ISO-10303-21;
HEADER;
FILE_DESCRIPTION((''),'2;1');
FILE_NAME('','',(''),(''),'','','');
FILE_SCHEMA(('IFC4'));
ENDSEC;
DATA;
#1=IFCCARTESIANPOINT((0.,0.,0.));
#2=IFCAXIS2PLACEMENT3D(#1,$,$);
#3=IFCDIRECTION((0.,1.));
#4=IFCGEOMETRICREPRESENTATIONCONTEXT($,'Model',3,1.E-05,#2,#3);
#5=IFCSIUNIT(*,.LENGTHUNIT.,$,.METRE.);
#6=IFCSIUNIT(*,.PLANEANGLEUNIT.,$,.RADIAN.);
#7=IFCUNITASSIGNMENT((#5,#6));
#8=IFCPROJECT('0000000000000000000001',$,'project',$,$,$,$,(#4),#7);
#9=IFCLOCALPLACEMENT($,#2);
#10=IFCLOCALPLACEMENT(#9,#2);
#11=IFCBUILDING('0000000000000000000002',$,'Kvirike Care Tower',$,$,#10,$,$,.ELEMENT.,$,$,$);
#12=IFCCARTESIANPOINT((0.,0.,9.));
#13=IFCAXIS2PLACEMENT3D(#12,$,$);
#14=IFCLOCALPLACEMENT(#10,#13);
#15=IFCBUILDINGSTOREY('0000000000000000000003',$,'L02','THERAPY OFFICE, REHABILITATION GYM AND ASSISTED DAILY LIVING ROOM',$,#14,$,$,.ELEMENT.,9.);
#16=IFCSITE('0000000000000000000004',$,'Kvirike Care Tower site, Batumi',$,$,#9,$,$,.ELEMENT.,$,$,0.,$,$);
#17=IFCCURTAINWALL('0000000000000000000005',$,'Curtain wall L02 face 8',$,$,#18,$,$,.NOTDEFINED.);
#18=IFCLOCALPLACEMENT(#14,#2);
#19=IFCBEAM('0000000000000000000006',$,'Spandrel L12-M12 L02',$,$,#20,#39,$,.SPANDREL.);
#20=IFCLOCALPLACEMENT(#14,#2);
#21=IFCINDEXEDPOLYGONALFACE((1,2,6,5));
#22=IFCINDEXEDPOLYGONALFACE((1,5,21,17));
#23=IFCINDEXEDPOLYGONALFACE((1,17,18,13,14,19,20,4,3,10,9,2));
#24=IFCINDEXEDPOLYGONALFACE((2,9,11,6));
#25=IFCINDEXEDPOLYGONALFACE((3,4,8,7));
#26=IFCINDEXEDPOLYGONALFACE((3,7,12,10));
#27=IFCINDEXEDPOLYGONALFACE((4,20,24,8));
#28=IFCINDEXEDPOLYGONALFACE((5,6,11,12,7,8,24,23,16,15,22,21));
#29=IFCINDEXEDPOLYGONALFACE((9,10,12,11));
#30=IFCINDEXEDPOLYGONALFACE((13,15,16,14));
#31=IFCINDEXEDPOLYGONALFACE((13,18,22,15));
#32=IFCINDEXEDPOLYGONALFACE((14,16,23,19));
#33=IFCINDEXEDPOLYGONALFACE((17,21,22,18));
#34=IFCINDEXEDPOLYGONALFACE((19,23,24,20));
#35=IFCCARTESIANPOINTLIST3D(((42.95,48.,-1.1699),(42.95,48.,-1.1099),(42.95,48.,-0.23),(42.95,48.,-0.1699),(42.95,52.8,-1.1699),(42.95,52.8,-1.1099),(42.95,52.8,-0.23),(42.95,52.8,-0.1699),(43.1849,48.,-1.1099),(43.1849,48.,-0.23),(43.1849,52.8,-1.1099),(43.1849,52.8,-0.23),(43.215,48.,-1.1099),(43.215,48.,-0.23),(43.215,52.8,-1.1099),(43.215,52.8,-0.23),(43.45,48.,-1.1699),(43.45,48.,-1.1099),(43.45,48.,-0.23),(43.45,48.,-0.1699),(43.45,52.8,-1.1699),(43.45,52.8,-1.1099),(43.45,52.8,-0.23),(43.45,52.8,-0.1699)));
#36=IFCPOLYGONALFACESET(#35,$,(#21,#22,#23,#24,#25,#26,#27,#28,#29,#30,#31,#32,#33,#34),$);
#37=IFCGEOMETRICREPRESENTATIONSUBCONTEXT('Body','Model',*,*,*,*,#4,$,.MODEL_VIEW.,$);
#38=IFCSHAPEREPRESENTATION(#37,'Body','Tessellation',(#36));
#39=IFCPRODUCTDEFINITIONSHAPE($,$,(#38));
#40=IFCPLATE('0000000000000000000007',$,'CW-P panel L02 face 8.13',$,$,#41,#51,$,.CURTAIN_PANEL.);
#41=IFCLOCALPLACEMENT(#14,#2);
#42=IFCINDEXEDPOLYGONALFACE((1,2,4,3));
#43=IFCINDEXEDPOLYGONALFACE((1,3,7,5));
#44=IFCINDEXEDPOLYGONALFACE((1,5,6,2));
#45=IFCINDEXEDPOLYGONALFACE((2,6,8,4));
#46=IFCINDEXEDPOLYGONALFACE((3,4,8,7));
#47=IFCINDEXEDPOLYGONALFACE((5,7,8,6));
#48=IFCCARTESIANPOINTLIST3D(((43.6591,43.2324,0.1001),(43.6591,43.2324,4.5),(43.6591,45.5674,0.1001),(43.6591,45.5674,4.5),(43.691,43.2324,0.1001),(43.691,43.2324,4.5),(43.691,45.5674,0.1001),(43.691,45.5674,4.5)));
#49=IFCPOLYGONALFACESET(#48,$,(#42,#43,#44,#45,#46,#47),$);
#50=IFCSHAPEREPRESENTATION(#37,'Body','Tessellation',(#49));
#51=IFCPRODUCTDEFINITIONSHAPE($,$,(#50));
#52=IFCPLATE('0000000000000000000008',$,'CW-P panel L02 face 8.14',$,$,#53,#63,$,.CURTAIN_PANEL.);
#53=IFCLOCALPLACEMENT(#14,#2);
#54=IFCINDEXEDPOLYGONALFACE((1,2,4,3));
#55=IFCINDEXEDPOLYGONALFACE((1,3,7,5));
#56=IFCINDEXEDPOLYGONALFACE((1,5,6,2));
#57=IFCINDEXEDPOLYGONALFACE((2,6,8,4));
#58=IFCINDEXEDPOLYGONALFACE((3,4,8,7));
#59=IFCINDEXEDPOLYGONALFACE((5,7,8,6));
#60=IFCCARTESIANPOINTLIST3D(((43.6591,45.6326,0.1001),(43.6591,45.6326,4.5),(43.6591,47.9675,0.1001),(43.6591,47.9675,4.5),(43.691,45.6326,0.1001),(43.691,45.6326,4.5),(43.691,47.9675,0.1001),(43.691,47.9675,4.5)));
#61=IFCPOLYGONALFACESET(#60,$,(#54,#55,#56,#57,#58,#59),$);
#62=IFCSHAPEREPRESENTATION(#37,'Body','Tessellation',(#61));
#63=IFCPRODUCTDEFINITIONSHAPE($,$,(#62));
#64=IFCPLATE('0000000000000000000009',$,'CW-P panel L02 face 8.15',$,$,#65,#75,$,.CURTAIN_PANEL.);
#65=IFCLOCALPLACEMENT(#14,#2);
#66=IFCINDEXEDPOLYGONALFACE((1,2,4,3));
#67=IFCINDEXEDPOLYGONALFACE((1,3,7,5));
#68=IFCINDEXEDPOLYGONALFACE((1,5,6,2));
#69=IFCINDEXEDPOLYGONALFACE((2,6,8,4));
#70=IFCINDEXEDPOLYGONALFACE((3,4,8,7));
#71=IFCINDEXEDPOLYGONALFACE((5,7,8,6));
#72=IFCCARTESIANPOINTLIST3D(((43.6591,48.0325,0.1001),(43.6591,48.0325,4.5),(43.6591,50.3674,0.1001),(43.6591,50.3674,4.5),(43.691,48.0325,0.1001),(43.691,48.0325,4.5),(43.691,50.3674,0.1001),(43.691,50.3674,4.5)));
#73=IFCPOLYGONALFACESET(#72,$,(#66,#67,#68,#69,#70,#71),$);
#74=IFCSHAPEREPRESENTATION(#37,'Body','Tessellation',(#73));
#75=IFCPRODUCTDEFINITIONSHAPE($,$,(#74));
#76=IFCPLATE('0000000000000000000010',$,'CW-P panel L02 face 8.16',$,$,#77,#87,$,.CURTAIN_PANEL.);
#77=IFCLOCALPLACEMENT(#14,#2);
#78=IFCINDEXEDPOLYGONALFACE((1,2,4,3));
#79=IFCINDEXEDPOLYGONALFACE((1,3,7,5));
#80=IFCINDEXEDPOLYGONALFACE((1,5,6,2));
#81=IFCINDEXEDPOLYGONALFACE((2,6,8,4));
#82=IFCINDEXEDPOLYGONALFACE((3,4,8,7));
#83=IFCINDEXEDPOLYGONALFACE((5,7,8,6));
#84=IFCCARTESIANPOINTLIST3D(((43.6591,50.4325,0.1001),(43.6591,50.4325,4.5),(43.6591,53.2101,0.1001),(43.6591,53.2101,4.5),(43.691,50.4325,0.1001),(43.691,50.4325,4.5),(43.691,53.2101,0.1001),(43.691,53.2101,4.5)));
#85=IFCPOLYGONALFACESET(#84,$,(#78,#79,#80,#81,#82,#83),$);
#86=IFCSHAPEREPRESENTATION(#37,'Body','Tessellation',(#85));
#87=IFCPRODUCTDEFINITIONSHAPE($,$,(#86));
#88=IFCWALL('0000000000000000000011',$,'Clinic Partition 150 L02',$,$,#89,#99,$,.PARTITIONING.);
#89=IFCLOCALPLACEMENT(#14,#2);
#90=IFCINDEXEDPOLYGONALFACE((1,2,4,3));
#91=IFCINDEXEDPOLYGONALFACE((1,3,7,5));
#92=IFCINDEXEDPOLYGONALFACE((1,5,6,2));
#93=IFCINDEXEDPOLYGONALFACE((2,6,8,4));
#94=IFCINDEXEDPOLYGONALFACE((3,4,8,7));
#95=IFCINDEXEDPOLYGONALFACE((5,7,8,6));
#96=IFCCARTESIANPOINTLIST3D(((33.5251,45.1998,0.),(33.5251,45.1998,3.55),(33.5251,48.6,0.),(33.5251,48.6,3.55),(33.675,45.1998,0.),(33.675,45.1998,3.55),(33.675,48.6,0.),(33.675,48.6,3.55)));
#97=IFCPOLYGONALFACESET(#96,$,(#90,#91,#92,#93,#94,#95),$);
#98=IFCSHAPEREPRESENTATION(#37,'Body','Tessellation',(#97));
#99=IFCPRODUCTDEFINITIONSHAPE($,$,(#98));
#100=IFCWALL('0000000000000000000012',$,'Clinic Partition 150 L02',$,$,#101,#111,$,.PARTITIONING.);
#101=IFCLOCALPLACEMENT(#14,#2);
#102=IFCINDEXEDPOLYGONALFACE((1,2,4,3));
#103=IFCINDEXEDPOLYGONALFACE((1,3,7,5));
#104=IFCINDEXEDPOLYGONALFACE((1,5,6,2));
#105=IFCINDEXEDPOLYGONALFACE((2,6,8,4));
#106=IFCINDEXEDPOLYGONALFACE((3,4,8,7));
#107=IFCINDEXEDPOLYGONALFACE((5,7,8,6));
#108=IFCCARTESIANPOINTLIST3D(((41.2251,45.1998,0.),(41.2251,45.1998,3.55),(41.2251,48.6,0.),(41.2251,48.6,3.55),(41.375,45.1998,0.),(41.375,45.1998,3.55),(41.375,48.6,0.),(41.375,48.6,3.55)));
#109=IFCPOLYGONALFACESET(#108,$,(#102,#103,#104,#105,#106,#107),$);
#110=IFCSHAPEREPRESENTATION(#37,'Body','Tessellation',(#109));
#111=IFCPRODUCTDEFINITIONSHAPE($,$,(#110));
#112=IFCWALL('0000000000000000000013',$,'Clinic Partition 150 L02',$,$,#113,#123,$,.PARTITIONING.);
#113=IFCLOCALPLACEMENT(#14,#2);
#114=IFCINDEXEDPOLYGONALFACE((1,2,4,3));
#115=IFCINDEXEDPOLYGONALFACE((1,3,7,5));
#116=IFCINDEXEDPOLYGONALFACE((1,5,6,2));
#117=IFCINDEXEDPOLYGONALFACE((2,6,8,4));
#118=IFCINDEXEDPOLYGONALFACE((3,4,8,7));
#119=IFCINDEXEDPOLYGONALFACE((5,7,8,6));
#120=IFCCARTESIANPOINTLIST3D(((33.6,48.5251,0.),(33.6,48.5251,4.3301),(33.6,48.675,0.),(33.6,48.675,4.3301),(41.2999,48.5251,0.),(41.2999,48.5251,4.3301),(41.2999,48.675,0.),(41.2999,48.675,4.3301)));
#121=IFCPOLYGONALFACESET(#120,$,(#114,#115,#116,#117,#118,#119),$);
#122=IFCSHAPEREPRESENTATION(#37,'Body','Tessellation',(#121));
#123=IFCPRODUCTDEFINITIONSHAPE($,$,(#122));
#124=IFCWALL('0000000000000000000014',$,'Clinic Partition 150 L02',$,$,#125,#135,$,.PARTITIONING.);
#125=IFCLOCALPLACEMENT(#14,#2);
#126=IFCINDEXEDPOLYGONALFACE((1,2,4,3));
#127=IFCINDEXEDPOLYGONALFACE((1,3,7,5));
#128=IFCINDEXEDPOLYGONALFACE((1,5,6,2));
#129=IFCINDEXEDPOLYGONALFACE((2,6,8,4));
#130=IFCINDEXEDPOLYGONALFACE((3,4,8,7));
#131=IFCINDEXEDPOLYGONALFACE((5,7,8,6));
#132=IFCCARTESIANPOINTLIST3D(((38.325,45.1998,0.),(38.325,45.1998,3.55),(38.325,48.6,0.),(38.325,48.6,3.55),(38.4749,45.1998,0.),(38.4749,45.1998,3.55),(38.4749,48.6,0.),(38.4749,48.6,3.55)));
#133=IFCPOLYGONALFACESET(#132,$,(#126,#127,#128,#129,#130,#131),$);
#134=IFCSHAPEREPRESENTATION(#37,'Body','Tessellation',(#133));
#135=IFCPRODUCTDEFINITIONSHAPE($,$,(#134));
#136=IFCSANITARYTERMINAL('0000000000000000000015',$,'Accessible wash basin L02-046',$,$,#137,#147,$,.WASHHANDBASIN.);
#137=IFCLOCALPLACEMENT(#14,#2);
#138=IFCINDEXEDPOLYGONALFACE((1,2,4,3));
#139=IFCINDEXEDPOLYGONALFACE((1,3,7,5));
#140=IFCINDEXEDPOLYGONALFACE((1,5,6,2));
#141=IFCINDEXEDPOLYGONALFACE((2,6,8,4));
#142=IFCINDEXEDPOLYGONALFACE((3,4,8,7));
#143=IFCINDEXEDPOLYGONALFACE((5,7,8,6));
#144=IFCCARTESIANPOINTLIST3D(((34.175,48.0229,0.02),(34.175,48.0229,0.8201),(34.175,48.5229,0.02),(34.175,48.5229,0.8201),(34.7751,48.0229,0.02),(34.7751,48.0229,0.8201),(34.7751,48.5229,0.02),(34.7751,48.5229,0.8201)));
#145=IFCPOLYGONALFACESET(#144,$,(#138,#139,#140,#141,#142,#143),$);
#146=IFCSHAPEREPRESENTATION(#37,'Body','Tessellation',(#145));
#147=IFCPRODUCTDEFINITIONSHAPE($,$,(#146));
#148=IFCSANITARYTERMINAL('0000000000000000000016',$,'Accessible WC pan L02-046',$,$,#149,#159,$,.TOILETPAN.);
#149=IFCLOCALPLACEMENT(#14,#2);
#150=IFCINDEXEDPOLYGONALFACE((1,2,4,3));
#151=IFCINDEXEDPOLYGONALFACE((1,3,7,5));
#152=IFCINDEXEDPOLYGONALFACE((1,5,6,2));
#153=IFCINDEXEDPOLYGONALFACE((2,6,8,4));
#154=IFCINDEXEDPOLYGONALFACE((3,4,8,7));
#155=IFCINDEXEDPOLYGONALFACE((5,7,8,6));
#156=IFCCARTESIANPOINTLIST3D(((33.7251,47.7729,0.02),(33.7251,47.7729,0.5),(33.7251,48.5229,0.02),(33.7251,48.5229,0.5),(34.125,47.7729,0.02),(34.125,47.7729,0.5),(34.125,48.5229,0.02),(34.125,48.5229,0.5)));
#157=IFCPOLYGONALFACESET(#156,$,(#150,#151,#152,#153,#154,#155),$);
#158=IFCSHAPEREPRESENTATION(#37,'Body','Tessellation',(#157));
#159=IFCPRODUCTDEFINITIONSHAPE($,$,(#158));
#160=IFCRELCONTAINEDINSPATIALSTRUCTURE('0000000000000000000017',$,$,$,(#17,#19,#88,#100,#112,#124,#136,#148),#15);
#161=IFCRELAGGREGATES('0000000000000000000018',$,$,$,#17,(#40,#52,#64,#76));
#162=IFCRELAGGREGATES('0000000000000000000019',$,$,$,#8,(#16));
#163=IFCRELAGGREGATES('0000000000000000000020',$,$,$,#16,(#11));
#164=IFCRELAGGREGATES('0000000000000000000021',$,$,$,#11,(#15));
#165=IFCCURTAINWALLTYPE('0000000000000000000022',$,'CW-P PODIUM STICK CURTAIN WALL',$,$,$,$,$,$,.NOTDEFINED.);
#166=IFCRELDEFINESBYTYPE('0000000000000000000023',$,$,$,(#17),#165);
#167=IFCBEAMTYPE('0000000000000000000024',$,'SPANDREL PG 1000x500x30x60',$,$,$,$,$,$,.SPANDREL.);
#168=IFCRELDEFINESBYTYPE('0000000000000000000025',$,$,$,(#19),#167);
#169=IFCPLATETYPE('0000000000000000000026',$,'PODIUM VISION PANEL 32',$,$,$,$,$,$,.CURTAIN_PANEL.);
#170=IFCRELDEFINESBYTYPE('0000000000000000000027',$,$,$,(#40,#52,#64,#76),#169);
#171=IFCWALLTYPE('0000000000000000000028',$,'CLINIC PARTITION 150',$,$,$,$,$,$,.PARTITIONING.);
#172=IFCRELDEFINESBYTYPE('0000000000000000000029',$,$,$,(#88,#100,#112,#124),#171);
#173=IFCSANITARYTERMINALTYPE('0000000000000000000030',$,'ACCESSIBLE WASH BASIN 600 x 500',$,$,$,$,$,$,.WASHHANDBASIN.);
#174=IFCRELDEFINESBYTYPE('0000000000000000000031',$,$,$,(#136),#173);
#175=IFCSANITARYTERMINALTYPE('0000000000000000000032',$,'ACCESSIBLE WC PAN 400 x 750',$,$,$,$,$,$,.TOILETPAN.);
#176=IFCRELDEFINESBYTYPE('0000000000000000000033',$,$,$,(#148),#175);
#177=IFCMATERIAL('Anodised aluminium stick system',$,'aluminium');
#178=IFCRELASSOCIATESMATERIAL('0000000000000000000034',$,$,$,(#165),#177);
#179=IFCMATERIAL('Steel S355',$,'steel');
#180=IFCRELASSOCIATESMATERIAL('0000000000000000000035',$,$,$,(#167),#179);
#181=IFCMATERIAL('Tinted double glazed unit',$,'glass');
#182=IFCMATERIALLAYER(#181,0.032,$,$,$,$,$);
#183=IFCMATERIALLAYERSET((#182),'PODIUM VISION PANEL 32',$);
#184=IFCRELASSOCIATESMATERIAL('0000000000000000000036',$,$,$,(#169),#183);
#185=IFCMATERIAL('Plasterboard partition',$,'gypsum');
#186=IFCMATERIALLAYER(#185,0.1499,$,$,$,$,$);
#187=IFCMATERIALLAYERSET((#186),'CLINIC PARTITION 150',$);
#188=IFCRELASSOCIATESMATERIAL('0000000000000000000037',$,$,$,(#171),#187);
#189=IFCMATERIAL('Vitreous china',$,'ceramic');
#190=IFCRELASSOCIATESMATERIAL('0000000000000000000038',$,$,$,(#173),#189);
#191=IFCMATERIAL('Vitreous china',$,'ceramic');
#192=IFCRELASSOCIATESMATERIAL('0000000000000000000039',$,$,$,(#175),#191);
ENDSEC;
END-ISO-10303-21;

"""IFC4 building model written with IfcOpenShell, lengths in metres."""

from ifc_helpers import new_model, si_unit, direction, frame, frame_2d, origin, origin_2d, place, context, subcontext, project, spatial, rectangle, i_section, extrude, material, layer, layer_set, material_profile, profile_set, type_object, element, aggregate, save


model = new_model("IFC4")

# Units and contexts
model_context = context("Model", 3, precision=1e-05, world=origin(), true_north=direction((0.0, 1.0)))
body_context = subcontext(model_context, "Body", "Model", "MODEL_VIEW")
ifc_project = project(units=[si_unit("LENGTHUNIT", "METRE"), si_unit("PLANEANGLEUNIT", "RADIAN")], contexts=[model_context])

# Site, building, storey
site_placement = place(None, origin())
site = spatial("IfcSite", under=ifc_project, at=site_placement, Name="Kvirike Care Tower site, Batumi", CompositionType="ELEMENT", RefElevation=0.0)
building_placement = place(site_placement, origin())
building = spatial("IfcBuilding", under=site, at=building_placement, Name="Kvirike Care Tower", CompositionType="ELEMENT")
storey_placement = place(building_placement, frame((0.0, 0.0, 9.0)))
storey = spatial("IfcBuildingStorey", under=building, at=storey_placement, Name="L02", Description="THERAPY OFFICE, REHABILITATION GYM AND ASSISTED DAILY LIVING ROOM", CompositionType="ELEMENT", Elevation=9.0)

# Curtain wall
ifc_material_1 = material(Name="Anodised aluminium stick system", Category="aluminium")
curtain_wall_type = type_object("IfcCurtainWallType", Name="CW-P PODIUM STICK CURTAIN WALL", PredefinedType="NOTDEFINED", material=ifc_material_1)
curtain_wall_placement = place(storey_placement, origin())
curtain_wall = element("IfcCurtainWall", 1, at=curtain_wall_placement, inside=storey, type_object=curtain_wall_type, Name="Curtain wall L02 face 8", PredefinedType="NOTDEFINED")

# Beam
ifc_material_2 = material(Name="Steel S355", Category="steel")
ifc_material_profile_1 = material_profile(ifc_material_2, i_section(OverallWidth=0.5, OverallDepth=1.0, WebThickness=0.03, FlangeThickness=0.0601, at=origin_2d()), Name="PG 1000x500x30x60")
ifc_profile_set_1 = profile_set([ifc_material_profile_1], Name="Steel S355")
beam_type = type_object("IfcBeamType", Name="SPANDREL PG 1000x500x30x60", PredefinedType="SPANDREL", material=ifc_profile_set_1)
for number, where, z_axis, x_axis, name in (
    (2, (43.2, 48.0, -0.6699), (0.0, 1.0, 0.0), (-1.0, 0.0, 0.0), "Spandrel L12-M12 L02"),
):
    element("IfcBeam", number, at=place(storey_placement, frame(where, z_axis=z_axis, x_axis=x_axis)), inside=storey, type_object=beam_type, Name=name, PredefinedType="SPANDREL", context=body_context, shape_type="SweptSolid", body=[
        extrude(i_section(OverallWidth=0.5, OverallDepth=1.0, WebThickness=0.03, FlangeThickness=0.0601, at=origin_2d()), origin(), (0.0, 0.0, 1.0), 4.8),
    ])

# Plates
ifc_material_3 = material(Name="Tinted double glazed unit", Category="glass")
ifc_layer_1 = layer(ifc_material_3, 0.032)
ifc_layer_set_1 = layer_set([ifc_layer_1], Name="PODIUM VISION PANEL 32")
plate_type = type_object("IfcPlateType", Name="PODIUM VISION PANEL 32", PredefinedType="CURTAIN_PANEL", material=ifc_layer_set_1)
plate_1_placement = place(storey_placement, frame((43.675, 44.3999, 0.1001), z_axis=(0.0, 0.0, 1.0), x_axis=(0.0, 1.0, 0.0)))
plate_1 = element("IfcPlate", 3, at=plate_1_placement, type_object=plate_type, Name="CW-P panel L02 face 8.13", PredefinedType="CURTAIN_PANEL", context=body_context, shape_type="SweptSolid", body=[
    extrude(rectangle(XDim=2.335, YDim=0.032, at=origin_2d()), origin(), (0.0, 0.0, 1.0), 4.3999),
])
plate_2_placement = place(storey_placement, frame((43.675, 46.8, 0.1001), z_axis=(0.0, 0.0, 1.0), x_axis=(0.0, 1.0, 0.0)))
plate_2 = element("IfcPlate", 4, at=plate_2_placement, type_object=plate_type, Name="CW-P panel L02 face 8.14", PredefinedType="CURTAIN_PANEL", context=body_context, shape_type="SweptSolid", body=[
    extrude(rectangle(XDim=2.335, YDim=0.032, at=origin_2d()), origin(), (0.0, 0.0, 1.0), 4.3999),
])
plate_3_placement = place(storey_placement, frame((43.675, 49.2, 0.1001), z_axis=(0.0, 0.0, 1.0), x_axis=(0.0, 1.0, 0.0)))
plate_3 = element("IfcPlate", 5, at=plate_3_placement, type_object=plate_type, Name="CW-P panel L02 face 8.15", PredefinedType="CURTAIN_PANEL", context=body_context, shape_type="SweptSolid", body=[
    extrude(rectangle(XDim=2.335, YDim=0.032, at=origin_2d()), origin(), (0.0, 0.0, 1.0), 4.3999),
])
plate_4_placement = place(storey_placement, frame((43.675, 51.8213, 0.1001), z_axis=(0.0, 0.0, 1.0), x_axis=(0.0, 1.0, 0.0)))
plate_4 = element("IfcPlate", 6, at=plate_4_placement, type_object=plate_type, Name="CW-P panel L02 face 8.16", PredefinedType="CURTAIN_PANEL", context=body_context, shape_type="SweptSolid", body=[
    extrude(rectangle(XDim=2.7776, YDim=0.032, at=origin_2d()), origin(), (0.0, 0.0, 1.0), 4.3999),
])
aggregate(curtain_wall, [plate_1, plate_2, plate_3, plate_4])

# Walls
ifc_material_4 = material(Name="Plasterboard partition", Category="gypsum")
ifc_layer_2 = layer(ifc_material_4, 0.1499)
ifc_layer_set_2 = layer_set([ifc_layer_2], Name="CLINIC PARTITION 150")
wall_type_1 = type_object("IfcWallType", Name="CLINIC PARTITION 150", PredefinedType="PARTITIONING", material=ifc_layer_set_2)
for number, where, z_axis, x_axis, name in (
    (7, (33.6001, 48.6001, 0.0), (0.0, 0.0, 1.0), (0.0, -1.0, 0.0), "Clinic Partition 150 L02"),
    (8, (41.3, 48.6001, 0.0), (0.0, 0.0, 1.0), (0.0, -1.0, 0.0), "Clinic Partition 150 L02"),
):
    element("IfcWall", number, at=place(storey_placement, frame(where, z_axis=z_axis, x_axis=x_axis)), inside=storey, type_object=wall_type_1, Name=name, PredefinedType="PARTITIONING", context=body_context, shape_type="SweptSolid", body=[
        extrude(rectangle(XDim=3.4001, YDim=0.1499, at=frame_2d((1.7002, 0.0))), origin(), (0.0, 0.0, 1.0), 3.55),
    ])
wall_1_placement = place(storey_placement, frame((41.3, 48.6001, 0.0), z_axis=(0.0, 0.0, 1.0), x_axis=(-1.0, 0.0, 0.0)))
element("IfcWall", 9, at=wall_1_placement, inside=storey, type_object=wall_type_1, Name="Clinic Partition 150 L02", PredefinedType="PARTITIONING", context=body_context, shape_type="SweptSolid", body=[
    extrude(rectangle(XDim=7.7, YDim=0.1499, at=frame_2d((3.8501, 0.0))), origin(), (0.0, 0.0, 1.0), 4.3301),
])
wall_2_placement = place(storey_placement, frame((38.3999, 48.6001, 0.0), z_axis=(0.0, 0.0, 1.0), x_axis=(0.0, -1.0, 0.0)))
element("IfcWall", 10, at=wall_2_placement, inside=storey, type_object=wall_type_1, Name="Clinic Partition 150 L02", PredefinedType="PARTITIONING", context=body_context, shape_type="SweptSolid", body=[
    extrude(rectangle(XDim=3.4001, YDim=0.1499, at=frame_2d((1.7002, 0.0))), origin(), (0.0, 0.0, 1.0), 3.55),
])

# Sanitary terminals
ifc_material_5 = material(Name="Vitreous china", Category="ceramic")
sanitary_terminal_type_1 = type_object("IfcSanitaryTerminalType", Name="ACCESSIBLE WASH BASIN 600 x 500", PredefinedType="WASHHANDBASIN", material=ifc_material_5)
sanitary_terminal_1_placement = place(storey_placement, frame((34.4751, 48.2729, 0.02), z_axis=(0.0, 0.0, 1.0), x_axis=(1.0, 0.0, 0.0)))
element("IfcSanitaryTerminal", 11, at=sanitary_terminal_1_placement, inside=storey, type_object=sanitary_terminal_type_1, Name="Accessible wash basin L02-046", PredefinedType="WASHHANDBASIN", context=body_context, shape_type="SweptSolid", body=[
    extrude(rectangle(XDim=0.6001, YDim=0.5, at=origin_2d()), origin(), (0.0, 0.0, 1.0), 0.8),
])
ifc_material_6 = material(Name="Vitreous china", Category="ceramic")
sanitary_terminal_type_2 = type_object("IfcSanitaryTerminalType", Name="ACCESSIBLE WC PAN 400 x 750", PredefinedType="TOILETPAN", material=ifc_material_6)
sanitary_terminal_2_placement = place(storey_placement, frame((33.925, 48.1479, 0.02), z_axis=(0.0, 0.0, 1.0), x_axis=(1.0, 0.0, 0.0)))
element("IfcSanitaryTerminal", 12, at=sanitary_terminal_2_placement, inside=storey, type_object=sanitary_terminal_type_2, Name="Accessible WC pan L02-046", PredefinedType="TOILETPAN", context=body_context, shape_type="SweptSolid", body=[
    extrude(rectangle(XDim=0.3999, YDim=0.75, at=origin_2d()), origin(), (0.0, 0.0, 1.0), 0.48),
])

save(model, "model.ifc")
